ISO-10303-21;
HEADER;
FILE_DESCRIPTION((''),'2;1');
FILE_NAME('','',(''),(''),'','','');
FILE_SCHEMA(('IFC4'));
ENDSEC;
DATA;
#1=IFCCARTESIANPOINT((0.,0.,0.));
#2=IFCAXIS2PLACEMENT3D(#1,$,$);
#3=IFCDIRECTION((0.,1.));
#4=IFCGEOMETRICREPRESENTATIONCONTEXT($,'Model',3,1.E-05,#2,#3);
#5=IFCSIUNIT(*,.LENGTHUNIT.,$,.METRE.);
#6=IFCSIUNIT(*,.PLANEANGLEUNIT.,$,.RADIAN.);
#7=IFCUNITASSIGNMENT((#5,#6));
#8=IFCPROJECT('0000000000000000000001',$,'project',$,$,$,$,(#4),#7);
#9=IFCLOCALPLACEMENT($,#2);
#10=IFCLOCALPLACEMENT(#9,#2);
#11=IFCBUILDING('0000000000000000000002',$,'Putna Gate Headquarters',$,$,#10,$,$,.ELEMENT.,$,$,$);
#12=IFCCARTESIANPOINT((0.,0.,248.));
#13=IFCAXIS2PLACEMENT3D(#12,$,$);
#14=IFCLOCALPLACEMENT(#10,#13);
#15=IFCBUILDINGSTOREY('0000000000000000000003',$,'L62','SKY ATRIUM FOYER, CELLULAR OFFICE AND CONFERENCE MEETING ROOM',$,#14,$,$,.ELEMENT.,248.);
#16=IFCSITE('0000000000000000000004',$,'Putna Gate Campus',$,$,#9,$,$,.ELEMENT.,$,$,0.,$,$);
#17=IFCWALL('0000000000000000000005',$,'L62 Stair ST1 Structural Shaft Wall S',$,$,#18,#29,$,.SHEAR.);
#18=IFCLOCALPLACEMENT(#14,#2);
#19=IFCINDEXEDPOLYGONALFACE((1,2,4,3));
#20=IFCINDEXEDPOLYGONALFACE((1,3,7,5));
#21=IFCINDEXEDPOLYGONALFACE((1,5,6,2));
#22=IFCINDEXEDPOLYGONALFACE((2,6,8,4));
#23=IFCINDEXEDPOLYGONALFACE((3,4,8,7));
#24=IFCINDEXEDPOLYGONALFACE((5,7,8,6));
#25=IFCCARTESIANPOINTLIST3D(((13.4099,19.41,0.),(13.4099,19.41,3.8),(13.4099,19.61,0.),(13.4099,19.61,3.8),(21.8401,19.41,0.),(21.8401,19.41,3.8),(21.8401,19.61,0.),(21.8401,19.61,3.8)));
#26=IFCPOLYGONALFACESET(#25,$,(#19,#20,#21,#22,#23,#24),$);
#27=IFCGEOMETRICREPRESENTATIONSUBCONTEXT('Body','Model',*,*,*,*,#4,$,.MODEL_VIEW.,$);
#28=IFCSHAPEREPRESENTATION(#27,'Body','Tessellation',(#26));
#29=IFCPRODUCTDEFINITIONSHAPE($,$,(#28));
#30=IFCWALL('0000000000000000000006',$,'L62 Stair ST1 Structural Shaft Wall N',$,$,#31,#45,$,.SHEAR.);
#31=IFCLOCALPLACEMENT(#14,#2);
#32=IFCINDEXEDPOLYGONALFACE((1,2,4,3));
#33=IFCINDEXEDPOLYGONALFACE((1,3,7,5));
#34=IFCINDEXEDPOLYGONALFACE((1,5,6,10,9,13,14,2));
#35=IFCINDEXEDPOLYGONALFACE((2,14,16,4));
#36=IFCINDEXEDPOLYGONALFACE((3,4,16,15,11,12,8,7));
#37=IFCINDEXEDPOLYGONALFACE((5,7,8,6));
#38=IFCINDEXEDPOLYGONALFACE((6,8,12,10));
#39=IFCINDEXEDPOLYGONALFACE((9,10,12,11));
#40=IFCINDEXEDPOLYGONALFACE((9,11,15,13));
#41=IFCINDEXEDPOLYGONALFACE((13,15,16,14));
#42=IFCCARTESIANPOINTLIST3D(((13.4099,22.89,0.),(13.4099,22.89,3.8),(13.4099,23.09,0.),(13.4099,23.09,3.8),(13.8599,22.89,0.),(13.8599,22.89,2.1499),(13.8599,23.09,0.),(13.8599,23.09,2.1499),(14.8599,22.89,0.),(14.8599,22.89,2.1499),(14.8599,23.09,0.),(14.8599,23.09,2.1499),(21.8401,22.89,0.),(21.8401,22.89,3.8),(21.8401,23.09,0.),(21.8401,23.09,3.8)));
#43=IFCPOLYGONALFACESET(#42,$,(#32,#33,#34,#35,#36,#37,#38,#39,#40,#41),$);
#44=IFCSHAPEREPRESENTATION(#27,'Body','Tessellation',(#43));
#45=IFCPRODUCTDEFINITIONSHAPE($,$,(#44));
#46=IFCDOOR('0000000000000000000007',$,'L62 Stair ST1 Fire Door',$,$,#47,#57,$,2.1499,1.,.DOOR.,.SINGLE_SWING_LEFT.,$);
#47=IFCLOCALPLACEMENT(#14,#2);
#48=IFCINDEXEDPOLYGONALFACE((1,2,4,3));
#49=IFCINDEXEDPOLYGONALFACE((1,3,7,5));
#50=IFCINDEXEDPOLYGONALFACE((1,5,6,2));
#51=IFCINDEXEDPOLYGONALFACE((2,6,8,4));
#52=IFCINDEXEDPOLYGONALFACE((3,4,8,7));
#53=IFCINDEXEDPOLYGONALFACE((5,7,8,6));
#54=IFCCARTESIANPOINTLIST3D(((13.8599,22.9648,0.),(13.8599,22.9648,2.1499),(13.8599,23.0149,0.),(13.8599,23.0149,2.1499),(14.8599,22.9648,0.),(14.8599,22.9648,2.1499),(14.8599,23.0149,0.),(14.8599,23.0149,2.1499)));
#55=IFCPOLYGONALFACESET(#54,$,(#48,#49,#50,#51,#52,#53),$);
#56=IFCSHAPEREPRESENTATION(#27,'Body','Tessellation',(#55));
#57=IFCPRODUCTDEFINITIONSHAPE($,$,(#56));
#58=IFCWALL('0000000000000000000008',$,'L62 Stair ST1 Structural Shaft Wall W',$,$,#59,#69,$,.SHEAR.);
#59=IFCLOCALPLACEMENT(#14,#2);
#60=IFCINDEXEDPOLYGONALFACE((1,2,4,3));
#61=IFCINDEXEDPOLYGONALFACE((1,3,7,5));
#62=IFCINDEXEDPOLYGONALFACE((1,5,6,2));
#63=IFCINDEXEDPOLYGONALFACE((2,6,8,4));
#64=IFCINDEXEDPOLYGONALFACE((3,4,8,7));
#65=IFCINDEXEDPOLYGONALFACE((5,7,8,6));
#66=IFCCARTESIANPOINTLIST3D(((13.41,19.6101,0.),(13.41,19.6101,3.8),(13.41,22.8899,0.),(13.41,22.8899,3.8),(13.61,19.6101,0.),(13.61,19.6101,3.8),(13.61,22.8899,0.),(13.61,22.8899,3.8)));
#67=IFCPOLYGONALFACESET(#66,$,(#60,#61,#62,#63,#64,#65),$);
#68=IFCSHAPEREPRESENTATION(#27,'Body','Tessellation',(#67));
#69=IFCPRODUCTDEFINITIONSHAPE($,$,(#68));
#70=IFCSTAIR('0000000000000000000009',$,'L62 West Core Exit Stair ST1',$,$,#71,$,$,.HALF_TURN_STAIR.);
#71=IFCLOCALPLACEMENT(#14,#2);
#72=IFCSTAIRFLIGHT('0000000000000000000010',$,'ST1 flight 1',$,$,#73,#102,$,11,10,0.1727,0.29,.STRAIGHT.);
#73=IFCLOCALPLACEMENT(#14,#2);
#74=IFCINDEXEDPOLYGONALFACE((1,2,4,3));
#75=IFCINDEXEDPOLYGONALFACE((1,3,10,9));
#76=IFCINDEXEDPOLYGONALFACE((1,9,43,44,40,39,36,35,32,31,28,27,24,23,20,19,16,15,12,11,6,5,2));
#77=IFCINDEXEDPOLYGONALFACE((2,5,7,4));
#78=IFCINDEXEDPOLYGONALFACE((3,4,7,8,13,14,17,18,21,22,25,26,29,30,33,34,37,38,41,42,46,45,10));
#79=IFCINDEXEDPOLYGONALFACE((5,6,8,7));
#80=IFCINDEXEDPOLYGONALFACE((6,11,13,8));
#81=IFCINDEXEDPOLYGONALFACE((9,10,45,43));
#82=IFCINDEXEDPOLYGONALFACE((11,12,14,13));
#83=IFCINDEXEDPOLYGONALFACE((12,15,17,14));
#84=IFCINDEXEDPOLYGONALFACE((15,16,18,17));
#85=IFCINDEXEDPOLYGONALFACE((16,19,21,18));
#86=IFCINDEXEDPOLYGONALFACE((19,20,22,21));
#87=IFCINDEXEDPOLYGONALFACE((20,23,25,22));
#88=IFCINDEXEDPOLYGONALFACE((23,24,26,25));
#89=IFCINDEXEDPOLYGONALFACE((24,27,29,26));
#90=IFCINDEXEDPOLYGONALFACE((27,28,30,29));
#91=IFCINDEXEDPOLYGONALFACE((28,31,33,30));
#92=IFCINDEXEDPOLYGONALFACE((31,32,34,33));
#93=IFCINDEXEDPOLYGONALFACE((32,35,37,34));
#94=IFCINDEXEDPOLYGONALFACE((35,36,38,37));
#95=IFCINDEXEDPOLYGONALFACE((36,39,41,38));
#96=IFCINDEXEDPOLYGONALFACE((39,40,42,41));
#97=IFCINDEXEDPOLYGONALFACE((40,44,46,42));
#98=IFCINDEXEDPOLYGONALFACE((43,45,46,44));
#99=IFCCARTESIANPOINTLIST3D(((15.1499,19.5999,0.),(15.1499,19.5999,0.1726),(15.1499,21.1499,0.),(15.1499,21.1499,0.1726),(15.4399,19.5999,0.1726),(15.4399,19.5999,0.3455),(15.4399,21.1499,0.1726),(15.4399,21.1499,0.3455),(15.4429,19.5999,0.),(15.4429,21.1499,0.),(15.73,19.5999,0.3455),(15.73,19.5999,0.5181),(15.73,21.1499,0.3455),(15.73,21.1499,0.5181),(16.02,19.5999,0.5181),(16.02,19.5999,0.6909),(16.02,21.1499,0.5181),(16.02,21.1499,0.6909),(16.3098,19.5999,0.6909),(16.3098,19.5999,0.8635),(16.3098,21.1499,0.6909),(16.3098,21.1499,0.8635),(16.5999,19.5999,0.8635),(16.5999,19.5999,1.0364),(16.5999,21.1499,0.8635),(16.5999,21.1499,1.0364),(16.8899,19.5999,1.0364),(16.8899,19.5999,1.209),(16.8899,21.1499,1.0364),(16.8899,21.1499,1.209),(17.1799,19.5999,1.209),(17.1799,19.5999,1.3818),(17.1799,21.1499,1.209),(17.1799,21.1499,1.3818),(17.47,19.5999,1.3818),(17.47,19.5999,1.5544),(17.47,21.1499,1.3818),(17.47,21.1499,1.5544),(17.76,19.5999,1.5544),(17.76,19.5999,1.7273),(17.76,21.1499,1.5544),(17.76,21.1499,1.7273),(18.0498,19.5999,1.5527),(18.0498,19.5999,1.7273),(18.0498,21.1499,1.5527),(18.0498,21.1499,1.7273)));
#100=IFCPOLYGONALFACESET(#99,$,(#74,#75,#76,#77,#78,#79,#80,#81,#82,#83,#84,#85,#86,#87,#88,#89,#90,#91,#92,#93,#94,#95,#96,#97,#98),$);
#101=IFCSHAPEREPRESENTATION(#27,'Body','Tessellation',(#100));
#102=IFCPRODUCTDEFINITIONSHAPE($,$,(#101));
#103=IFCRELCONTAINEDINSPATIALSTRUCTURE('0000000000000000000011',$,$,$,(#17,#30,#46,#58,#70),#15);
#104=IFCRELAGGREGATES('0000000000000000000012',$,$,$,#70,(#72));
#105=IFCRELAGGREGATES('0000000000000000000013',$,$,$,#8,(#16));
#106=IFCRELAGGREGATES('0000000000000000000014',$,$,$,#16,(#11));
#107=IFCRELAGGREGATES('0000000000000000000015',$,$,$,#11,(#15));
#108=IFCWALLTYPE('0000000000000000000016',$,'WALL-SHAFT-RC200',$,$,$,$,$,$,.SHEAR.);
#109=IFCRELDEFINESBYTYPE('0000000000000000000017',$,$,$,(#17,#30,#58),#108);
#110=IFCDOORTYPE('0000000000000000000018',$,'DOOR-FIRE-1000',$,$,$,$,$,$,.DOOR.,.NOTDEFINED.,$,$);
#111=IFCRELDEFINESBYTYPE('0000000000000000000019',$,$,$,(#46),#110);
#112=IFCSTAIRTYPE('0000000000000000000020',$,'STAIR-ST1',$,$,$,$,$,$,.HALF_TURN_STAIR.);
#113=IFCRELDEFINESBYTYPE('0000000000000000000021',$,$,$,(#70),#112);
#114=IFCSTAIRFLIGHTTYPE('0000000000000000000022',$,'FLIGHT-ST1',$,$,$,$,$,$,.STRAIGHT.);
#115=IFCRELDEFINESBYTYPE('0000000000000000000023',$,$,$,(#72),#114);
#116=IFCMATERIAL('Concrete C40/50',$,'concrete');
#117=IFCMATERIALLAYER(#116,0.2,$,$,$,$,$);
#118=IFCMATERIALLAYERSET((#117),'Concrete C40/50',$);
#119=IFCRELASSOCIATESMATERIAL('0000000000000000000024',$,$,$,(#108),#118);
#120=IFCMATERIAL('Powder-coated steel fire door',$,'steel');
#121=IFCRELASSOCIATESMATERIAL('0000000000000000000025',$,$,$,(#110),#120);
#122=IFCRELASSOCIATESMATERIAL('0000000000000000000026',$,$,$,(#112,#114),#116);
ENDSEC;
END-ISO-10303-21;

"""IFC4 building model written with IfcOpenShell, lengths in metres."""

from ifc_helpers import new_model, si_unit, direction, frame, frame_2d, origin, place, context, subcontext, project, spatial, polyline, rectangle, outline, extrude, material, layer, layer_set, type_object, element, fill, aggregate, save


model = new_model("IFC4")

# Units and contexts
model_context = context("Model", 3, precision=1e-05, world=origin(), true_north=direction((0.0, 1.0)))
body_context = subcontext(model_context, "Body", "Model", "MODEL_VIEW")
ifc_project = project(units=[si_unit("LENGTHUNIT", "METRE"), si_unit("PLANEANGLEUNIT", "RADIAN")], contexts=[model_context])

# Site, building, storey
site_placement = place(None, origin())
site = spatial("IfcSite", under=ifc_project, at=site_placement, Name="Putna Gate Campus", CompositionType="ELEMENT", RefElevation=0.0)
building_placement = place(site_placement, origin())
building = spatial("IfcBuilding", under=site, at=building_placement, Name="Putna Gate Headquarters", CompositionType="ELEMENT")
storey_placement = place(building_placement, frame((0.0, 0.0, 248.0)))
storey = spatial("IfcBuildingStorey", under=building, at=storey_placement, Name="L62", Description="SKY ATRIUM FOYER, CELLULAR OFFICE AND CONFERENCE MEETING ROOM", CompositionType="ELEMENT", Elevation=248.0)

# Wall
ifc_material_1 = material(Name="Concrete C40/50", Category="concrete")
ifc_layer_1 = layer(ifc_material_1, 0.2)
ifc_layer_set_1 = layer_set([ifc_layer_1], Name="Concrete C40/50")
wall_type_1 = type_object("IfcWallType", Name="WALL-SHAFT-RC200", PredefinedType="SHEAR", material=ifc_layer_set_1)
wall_1_placement = place(storey_placement, frame((13.4099, 19.51, 0.0), z_axis=(0.0, 0.0, 1.0), x_axis=(1.0, 0.0, 0.0)))
element("IfcWall", 1, at=wall_1_placement, inside=storey, type_object=wall_type_1, Name="L62 Stair ST1 Structural Shaft Wall S", PredefinedType="SHEAR", context=body_context, shape_type="SweptSolid", body=[
    extrude(rectangle(XDim=8.4302, YDim=0.2, at=frame_2d((4.2151, 0.0))), origin(), (0.0, 0.0, 1.0), 3.8),
])

# Wall, opening, door
wall_2_placement = place(storey_placement, frame((13.4099, 22.99, 0.0), z_axis=(0.0, 0.0, 1.0), x_axis=(1.0, 0.0, 0.0)))
wall_2 = element("IfcWall", 2, at=wall_2_placement, inside=storey, type_object=wall_type_1, Name="L62 Stair ST1 Structural Shaft Wall N", PredefinedType="SHEAR", context=body_context, shape_type="SweptSolid", body=[
    extrude(rectangle(XDim=8.4302, YDim=0.2, at=frame_2d((4.2151, 0.0))), origin(), (0.0, 0.0, 1.0), 3.8),
])
opening_1_placement = place(wall_2_placement, frame((0.45, 0.0, 0.0)))
opening_1 = element("IfcOpeningElement", 3, at=opening_1_placement, cuts=wall_2, PredefinedType="OPENING", context=body_context, shape_type="SweptSolid", body=[
    extrude(rectangle(XDim=1.0, YDim=2.1499, at=frame_2d((0.5, 1.075))), frame((0.0, 0.1099, 0.0), z_axis=(0.0, -1.0, 0.0), x_axis=(1.0, 0.0, 0.0)), (0.0, 0.0, 1.0), 0.22),
])
ifc_material_2 = material(Name="Powder-coated steel fire door", Category="steel")
door_type_1 = type_object("IfcDoorType", Name="DOOR-FIRE-1000", OperationType="NOTDEFINED", PredefinedType="DOOR", material=ifc_material_2)
door_1_placement = place(opening_1_placement, origin())
door_1 = element("IfcDoor", 4, at=door_1_placement, inside=storey, type_object=door_type_1, Name="L62 Stair ST1 Fire Door", OperationType="SINGLE_SWING_LEFT", OverallHeight=2.1499, OverallWidth=1.0, PredefinedType="DOOR", context=body_context, shape_type="SweptSolid", body=[
    extrude(rectangle(XDim=1.0, YDim=2.1499, at=frame_2d((0.5, 1.075))), frame((0.0, 0.0249, 0.0), z_axis=(0.0, -1.0, 0.0), x_axis=(1.0, 0.0, 0.0)), (0.0, 0.0, 1.0), 0.05),
])
fill(opening_1, door_1)

# Wall
wall_3_placement = place(storey_placement, frame((13.51, 19.6101, 0.0), z_axis=(0.0, 0.0, 1.0), x_axis=(0.0, 1.0, 0.0)))
element("IfcWall", 5, at=wall_3_placement, inside=storey, type_object=wall_type_1, Name="L62 Stair ST1 Structural Shaft Wall W", PredefinedType="SHEAR", context=body_context, shape_type="SweptSolid", body=[
    extrude(rectangle(XDim=3.2798, YDim=0.2, at=frame_2d((1.6399, 0.0))), origin(), (0.0, 0.0, 1.0), 3.8),
])

# Stair, stair flight
stair_type = type_object("IfcStairType", Name="STAIR-ST1", PredefinedType="HALF_TURN_STAIR", material=ifc_material_1)
stair_placement = place(storey_placement, origin())
stair = element("IfcStair", 6, at=stair_placement, inside=storey, type_object=stair_type, Name="L62 West Core Exit Stair ST1", PredefinedType="HALF_TURN_STAIR")
stair_flight_type = type_object("IfcStairFlightType", Name="FLIGHT-ST1", PredefinedType="STRAIGHT", material=ifc_material_1)
stair_flight_placement = place(storey_placement, frame((15.1499, 20.375, 0.0), z_axis=(0.0, 0.0, 1.0), x_axis=(1.0, 0.0, 0.0)))
stair_flight = element("IfcStairFlight", 7, at=stair_flight_placement, type_object=stair_flight_type, Name="ST1 flight 1", NumberOfRisers=11, NumberOfTreads=10, PredefinedType="STRAIGHT", RiserHeight=0.1727, TreadLength=0.29, context=body_context, shape_type="SweptSolid", body=[
    extrude(outline(polyline([(0.0, 0.0), (0.0, 0.1726), (0.29, 0.1726), (0.29, 0.3455), (0.5801, 0.3455), (0.5801, 0.5181), (0.8701, 0.5181), (0.8701, 0.6909), (1.1599, 0.6909), (1.1599, 0.8635), (1.45, 0.8635), (1.45, 1.0364), (1.74, 1.0364), (1.74, 1.209), (2.03, 1.209), (2.03, 1.3818), (2.3201, 1.3818), (2.3201, 1.5544), (2.6101, 1.5544), (2.6101, 1.7273), (2.8999, 1.7273), (2.8999, 1.8999), (2.8999, 1.5527), (0.293, 0.0), (0.0, 0.0)])), frame((0.0, 0.7749, 0.0), z_axis=(0.0, -1.0, 0.0), x_axis=(1.0, 0.0, 0.0)), (0.0, 0.0, 1.0), 1.55),
])
aggregate(stair, [stair_flight])

save(model, "model.ifc")
